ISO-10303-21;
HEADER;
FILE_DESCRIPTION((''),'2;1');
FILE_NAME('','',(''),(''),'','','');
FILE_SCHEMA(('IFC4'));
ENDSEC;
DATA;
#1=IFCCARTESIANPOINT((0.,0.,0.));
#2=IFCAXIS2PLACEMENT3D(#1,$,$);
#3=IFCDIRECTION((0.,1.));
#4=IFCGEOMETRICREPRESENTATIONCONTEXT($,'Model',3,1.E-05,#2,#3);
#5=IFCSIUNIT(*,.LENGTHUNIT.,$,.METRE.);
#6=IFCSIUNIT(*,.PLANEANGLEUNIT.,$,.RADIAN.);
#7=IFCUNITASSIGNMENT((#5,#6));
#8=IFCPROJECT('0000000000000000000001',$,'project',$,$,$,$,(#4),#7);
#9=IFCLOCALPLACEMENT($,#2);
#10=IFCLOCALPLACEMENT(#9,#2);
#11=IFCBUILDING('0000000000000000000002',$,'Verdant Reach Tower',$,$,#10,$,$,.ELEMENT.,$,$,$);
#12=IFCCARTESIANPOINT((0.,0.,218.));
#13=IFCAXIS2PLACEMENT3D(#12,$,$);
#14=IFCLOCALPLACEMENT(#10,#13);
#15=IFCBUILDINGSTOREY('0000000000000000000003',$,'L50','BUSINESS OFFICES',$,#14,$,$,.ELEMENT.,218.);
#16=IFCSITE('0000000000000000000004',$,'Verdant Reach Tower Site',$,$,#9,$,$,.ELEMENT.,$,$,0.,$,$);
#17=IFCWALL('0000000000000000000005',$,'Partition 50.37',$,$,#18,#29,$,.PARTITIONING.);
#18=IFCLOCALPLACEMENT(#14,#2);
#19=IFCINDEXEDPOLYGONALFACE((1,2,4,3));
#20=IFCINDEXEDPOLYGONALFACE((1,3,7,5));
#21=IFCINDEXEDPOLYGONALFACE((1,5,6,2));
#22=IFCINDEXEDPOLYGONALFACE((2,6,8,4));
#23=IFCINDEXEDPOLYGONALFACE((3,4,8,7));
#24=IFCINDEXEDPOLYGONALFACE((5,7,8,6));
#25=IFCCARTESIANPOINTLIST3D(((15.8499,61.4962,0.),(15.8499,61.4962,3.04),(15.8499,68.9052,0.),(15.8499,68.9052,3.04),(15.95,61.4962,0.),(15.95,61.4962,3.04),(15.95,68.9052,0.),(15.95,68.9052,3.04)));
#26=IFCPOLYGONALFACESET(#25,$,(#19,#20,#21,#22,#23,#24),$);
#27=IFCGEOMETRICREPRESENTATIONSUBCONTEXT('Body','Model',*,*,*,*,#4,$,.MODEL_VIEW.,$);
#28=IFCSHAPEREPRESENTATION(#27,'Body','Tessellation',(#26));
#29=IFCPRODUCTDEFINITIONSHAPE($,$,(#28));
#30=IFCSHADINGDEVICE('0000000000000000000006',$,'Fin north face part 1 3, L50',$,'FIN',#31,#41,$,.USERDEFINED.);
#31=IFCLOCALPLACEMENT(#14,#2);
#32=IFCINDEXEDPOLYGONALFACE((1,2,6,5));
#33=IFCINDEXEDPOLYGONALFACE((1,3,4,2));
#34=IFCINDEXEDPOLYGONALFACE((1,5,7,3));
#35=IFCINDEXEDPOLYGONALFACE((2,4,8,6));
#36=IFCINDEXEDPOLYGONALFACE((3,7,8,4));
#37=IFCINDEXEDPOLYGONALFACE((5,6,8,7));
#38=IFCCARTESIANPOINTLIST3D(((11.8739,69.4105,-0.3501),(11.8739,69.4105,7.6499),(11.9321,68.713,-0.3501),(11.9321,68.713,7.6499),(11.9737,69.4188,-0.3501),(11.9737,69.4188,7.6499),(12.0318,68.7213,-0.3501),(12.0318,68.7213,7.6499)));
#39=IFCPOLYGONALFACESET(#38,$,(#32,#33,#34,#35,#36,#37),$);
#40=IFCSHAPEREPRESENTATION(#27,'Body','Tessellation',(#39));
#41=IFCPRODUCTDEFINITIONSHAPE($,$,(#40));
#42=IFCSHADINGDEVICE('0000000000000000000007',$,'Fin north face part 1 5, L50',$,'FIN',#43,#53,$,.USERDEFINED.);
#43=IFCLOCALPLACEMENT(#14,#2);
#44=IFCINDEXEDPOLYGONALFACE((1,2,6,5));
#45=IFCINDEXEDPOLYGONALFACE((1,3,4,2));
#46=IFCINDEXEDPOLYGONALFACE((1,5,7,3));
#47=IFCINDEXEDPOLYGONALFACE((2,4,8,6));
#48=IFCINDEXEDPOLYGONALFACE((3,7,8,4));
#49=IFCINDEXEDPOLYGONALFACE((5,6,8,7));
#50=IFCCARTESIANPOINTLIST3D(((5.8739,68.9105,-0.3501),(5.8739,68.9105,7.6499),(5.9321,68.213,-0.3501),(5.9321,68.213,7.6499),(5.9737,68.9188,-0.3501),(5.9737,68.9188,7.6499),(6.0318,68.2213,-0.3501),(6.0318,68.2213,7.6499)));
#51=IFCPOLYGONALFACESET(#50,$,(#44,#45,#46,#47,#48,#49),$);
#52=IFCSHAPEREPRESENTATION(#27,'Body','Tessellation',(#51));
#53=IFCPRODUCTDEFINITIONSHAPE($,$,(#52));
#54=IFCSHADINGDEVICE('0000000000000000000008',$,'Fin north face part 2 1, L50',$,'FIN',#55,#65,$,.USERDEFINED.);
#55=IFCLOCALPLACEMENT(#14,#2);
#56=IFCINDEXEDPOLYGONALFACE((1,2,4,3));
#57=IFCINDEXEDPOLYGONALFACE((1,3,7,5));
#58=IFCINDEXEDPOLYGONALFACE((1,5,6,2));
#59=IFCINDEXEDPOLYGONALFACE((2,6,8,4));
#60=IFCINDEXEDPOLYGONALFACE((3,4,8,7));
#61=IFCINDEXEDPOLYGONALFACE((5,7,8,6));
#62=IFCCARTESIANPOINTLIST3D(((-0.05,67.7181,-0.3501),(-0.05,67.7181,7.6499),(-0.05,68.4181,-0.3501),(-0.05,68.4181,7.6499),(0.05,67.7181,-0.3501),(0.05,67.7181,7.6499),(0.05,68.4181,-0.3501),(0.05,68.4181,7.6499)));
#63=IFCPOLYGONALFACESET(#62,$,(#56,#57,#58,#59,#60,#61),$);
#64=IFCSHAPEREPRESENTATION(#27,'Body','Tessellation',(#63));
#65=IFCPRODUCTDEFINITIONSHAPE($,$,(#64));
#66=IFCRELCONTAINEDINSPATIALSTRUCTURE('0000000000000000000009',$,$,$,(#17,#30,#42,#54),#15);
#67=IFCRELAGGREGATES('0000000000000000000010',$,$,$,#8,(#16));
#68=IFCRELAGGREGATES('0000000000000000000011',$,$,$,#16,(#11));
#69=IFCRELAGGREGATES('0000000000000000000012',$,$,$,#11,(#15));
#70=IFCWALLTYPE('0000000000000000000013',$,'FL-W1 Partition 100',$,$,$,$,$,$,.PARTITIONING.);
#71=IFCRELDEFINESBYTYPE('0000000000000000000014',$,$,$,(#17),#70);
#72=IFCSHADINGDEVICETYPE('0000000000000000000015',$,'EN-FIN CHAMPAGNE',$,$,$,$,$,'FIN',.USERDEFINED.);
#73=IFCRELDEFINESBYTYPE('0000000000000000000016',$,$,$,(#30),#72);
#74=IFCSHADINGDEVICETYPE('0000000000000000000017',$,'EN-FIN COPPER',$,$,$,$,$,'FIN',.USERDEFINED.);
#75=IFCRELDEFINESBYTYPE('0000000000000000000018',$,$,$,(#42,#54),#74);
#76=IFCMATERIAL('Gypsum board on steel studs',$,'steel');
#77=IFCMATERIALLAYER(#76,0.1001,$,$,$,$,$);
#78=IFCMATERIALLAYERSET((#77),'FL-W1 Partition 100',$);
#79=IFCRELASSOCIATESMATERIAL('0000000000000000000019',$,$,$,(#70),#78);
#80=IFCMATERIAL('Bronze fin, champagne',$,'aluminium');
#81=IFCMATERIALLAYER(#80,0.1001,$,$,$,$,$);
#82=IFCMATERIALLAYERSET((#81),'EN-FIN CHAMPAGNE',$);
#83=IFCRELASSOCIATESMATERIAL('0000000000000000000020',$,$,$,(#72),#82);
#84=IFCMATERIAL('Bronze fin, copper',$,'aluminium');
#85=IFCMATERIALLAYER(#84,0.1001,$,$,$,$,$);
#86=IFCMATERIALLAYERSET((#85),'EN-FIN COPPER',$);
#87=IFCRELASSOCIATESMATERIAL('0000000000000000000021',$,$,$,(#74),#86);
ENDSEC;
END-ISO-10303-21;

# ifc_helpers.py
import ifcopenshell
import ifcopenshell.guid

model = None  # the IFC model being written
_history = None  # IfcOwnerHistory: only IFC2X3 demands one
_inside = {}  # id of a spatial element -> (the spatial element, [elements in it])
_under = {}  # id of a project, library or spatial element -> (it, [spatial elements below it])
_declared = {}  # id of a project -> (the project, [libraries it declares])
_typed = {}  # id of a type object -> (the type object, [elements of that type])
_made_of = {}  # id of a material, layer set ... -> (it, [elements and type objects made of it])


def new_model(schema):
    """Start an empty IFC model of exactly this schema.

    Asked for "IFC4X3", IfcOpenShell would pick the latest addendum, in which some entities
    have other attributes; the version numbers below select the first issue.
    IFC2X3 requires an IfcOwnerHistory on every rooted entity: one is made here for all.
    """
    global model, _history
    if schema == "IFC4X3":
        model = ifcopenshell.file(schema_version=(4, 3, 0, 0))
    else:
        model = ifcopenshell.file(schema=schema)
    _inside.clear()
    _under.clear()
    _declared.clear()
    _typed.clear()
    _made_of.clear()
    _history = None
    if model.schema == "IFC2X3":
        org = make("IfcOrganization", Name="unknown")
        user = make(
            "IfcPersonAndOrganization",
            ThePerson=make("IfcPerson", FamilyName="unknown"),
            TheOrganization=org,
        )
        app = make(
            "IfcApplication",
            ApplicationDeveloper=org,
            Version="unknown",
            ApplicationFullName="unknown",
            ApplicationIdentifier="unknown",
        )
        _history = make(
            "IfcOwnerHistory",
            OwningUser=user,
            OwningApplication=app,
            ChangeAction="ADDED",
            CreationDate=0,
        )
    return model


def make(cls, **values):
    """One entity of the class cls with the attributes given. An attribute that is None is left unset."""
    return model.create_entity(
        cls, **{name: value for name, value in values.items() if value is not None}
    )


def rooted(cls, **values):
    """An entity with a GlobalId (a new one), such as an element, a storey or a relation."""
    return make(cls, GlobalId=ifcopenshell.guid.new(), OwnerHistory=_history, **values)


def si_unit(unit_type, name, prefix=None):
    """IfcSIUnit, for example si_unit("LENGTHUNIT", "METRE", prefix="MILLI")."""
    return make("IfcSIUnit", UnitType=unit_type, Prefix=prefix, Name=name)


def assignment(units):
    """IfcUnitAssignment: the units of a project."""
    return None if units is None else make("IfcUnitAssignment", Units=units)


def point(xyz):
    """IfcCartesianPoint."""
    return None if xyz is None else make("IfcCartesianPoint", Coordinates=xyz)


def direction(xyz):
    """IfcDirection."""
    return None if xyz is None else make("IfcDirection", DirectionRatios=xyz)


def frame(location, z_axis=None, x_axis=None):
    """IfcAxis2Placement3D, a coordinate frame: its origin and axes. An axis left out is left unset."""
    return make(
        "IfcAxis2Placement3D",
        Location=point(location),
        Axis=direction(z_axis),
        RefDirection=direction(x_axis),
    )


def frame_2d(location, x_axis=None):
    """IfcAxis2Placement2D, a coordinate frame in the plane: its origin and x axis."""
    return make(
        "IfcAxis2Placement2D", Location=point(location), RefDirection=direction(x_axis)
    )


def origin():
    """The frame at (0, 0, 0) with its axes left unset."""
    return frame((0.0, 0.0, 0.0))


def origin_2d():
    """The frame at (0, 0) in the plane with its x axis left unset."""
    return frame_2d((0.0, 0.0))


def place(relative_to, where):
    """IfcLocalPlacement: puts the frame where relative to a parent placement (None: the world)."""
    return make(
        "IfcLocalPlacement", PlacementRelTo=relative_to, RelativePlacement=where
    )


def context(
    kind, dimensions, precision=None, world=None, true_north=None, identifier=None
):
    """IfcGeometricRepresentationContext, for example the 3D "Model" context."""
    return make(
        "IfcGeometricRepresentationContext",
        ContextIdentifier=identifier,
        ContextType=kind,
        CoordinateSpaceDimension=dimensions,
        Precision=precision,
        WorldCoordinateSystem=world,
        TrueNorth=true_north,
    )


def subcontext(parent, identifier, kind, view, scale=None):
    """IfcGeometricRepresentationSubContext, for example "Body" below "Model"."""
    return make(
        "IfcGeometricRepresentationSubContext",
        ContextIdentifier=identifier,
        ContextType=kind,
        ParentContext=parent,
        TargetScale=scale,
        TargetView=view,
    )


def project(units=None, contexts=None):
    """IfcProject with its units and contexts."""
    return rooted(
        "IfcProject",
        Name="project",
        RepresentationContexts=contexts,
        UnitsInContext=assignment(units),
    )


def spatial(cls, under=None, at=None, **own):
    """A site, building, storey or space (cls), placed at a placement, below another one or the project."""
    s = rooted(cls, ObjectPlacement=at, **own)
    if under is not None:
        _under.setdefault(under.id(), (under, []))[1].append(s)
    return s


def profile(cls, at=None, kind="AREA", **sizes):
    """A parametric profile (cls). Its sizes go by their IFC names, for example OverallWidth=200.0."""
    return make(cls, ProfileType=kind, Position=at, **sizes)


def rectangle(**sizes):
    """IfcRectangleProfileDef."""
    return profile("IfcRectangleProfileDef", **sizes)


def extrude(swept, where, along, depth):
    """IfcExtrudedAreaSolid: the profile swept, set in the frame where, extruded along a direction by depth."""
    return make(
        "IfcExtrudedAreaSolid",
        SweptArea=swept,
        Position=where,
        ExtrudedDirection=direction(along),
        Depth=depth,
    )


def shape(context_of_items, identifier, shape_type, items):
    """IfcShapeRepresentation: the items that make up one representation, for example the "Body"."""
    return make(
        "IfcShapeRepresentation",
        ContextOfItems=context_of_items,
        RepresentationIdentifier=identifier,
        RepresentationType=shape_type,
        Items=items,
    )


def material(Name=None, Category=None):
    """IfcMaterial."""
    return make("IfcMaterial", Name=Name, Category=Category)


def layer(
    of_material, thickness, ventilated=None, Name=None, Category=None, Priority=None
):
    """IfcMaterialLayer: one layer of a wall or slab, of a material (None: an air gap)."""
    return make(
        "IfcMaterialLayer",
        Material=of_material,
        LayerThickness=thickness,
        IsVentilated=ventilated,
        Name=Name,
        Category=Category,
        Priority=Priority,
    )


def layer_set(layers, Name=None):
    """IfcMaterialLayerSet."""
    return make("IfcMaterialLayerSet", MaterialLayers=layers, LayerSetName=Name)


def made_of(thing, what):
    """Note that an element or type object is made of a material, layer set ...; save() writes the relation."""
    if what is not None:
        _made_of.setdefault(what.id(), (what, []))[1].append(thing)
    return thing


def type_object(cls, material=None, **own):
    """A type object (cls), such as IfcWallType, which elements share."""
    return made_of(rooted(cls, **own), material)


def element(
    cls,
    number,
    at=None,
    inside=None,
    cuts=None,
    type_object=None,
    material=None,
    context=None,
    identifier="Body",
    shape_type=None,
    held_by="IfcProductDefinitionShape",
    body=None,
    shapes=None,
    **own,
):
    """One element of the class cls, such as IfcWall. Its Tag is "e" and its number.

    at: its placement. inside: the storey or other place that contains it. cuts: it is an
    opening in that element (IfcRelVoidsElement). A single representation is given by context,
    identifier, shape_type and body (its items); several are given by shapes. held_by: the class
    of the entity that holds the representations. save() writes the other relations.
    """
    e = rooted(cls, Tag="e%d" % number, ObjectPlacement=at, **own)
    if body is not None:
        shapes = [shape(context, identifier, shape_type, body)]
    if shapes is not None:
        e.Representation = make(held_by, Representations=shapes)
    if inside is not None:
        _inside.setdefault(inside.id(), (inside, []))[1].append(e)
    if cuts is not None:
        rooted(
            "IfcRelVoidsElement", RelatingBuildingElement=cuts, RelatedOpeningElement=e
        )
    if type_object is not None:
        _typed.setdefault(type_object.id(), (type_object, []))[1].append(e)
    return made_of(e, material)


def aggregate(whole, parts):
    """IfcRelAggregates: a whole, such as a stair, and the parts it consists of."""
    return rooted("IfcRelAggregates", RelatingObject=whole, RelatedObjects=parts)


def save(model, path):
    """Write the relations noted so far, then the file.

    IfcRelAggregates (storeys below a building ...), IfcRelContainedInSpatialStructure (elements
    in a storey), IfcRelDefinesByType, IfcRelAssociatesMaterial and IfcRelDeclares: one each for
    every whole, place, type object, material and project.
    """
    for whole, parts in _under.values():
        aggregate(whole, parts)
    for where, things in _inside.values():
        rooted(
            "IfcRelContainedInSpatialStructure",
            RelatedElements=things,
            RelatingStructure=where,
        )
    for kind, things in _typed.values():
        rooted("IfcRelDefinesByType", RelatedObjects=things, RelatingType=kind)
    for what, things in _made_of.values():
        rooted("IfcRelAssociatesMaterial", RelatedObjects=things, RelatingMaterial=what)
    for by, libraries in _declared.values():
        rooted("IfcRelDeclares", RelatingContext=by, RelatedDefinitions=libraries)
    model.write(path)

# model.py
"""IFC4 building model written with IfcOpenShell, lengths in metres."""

from ifc_helpers import new_model, si_unit, direction, frame, frame_2d, origin, origin_2d, place, context, subcontext, project, spatial, rectangle, extrude, material, layer, layer_set, type_object, element, save


model = new_model("IFC4")

# Units and contexts
model_context = context("Model", 3, precision=1e-05, world=origin(), true_north=direction((0.0, 1.0)))
body_context = subcontext(model_context, "Body", "Model", "MODEL_VIEW")
ifc_project = project(units=[si_unit("LENGTHUNIT", "METRE"), si_unit("PLANEANGLEUNIT", "RADIAN")], contexts=[model_context])

# Site, building, storey
site_placement = place(None, origin())
site = spatial("IfcSite", under=ifc_project, at=site_placement, Name="Verdant Reach Tower Site", CompositionType="ELEMENT", RefElevation=0.0)
building_placement = place(site_placement, origin())
building = spatial("IfcBuilding", under=site, at=building_placement, Name="Verdant Reach Tower", CompositionType="ELEMENT")
storey_placement = place(building_placement, frame((0.0, 0.0, 218.0)))
storey = spatial("IfcBuildingStorey", under=building, at=storey_placement, Name="L50", Description="BUSINESS OFFICES", CompositionType="ELEMENT", Elevation=218.0)

# Shared definitions
ifc_material_1 = material(Name="Gypsum board on steel studs", Category="steel")
ifc_layer_1 = layer(ifc_material_1, 0.1001)
ifc_layer_set_1 = layer_set([ifc_layer_1], Name="FL-W1 Partition 100")
wall_type = type_object("IfcWallType", Name="FL-W1 Partition 100", PredefinedType="PARTITIONING", material=ifc_layer_set_1)

# Wall
wall_1_placement = place(storey_placement, frame((15.8999, 61.4961, 0.0), z_axis=(0.0, 0.0, 1.0), x_axis=(0.0, 1.0, 0.0)))
element("IfcWall", 1, at=wall_1_placement, inside=storey, type_object=wall_type, Name="Partition 50.37", PredefinedType="PARTITIONING", context=body_context, shape_type="SweptSolid", body=[
    extrude(rectangle(XDim=7.4089, YDim=0.1001, at=frame_2d((3.7046, 0.0))), origin(), (0.0, 0.0, 1.0), 3.04),
])

# Shading devices
ifc_material_2 = material(Name="Bronze fin, champagne", Category="aluminium")
ifc_layer_2 = layer(ifc_material_2, 0.1001)
ifc_layer_set_2 = layer_set([ifc_layer_2], Name="EN-FIN CHAMPAGNE")
shading_device_type_1 = type_object("IfcShadingDeviceType", Name="EN-FIN CHAMPAGNE", ElementType="FIN", PredefinedType="USERDEFINED", material=ifc_layer_set_2)
shading_device_placement = place(storey_placement, frame((11.9529, 69.0659, -0.3501), z_axis=(0.0, 0.0, 1.0), x_axis=(-0.996546, -0.083045, 0.0)))
element("IfcShadingDevice", 2, at=shading_device_placement, inside=storey, type_object=shading_device_type_1, Name="Fin north face part 1 3, L50", ObjectType="FIN", PredefinedType="USERDEFINED", context=body_context, shape_type="SweptSolid", body=[
    extrude(rectangle(XDim=0.1001, YDim=0.7, at=origin_2d()), origin(), (0.0, 0.0, 1.0), 8.0),
])
ifc_material_3 = material(Name="Bronze fin, copper", Category="aluminium")
ifc_layer_3 = layer(ifc_material_3, 0.1001)
ifc_layer_set_3 = layer_set([ifc_layer_3], Name="EN-FIN COPPER")
shading_device_type_2 = type_object("IfcShadingDeviceType", Name="EN-FIN COPPER", ElementType="FIN", PredefinedType="USERDEFINED", material=ifc_layer_set_3)
for number, where, z_axis, x_axis, name in (
    (3, (5.9529, 68.5659, -0.3501), (0.0, 0.0, 1.0), (-0.996546, -0.083045, 0.0), "Fin north face part 1 5, L50"),
    (4, (0.0, 68.0681, -0.3501), (0.0, 0.0, 1.0), (-1.0, 0.0, 0.0), "Fin north face part 2 1, L50"),
):
    element("IfcShadingDevice", number, at=place(storey_placement, frame(where, z_axis=z_axis, x_axis=x_axis)), inside=storey, type_object=shading_device_type_2, Name=name, ObjectType="FIN", PredefinedType="USERDEFINED", context=body_context, shape_type="SweptSolid", body=[
        extrude(rectangle(XDim=0.1001, YDim=0.7, at=origin_2d()), origin(), (0.0, 0.0, 1.0), 8.0),
    ])

save(model, "model.ifc")
